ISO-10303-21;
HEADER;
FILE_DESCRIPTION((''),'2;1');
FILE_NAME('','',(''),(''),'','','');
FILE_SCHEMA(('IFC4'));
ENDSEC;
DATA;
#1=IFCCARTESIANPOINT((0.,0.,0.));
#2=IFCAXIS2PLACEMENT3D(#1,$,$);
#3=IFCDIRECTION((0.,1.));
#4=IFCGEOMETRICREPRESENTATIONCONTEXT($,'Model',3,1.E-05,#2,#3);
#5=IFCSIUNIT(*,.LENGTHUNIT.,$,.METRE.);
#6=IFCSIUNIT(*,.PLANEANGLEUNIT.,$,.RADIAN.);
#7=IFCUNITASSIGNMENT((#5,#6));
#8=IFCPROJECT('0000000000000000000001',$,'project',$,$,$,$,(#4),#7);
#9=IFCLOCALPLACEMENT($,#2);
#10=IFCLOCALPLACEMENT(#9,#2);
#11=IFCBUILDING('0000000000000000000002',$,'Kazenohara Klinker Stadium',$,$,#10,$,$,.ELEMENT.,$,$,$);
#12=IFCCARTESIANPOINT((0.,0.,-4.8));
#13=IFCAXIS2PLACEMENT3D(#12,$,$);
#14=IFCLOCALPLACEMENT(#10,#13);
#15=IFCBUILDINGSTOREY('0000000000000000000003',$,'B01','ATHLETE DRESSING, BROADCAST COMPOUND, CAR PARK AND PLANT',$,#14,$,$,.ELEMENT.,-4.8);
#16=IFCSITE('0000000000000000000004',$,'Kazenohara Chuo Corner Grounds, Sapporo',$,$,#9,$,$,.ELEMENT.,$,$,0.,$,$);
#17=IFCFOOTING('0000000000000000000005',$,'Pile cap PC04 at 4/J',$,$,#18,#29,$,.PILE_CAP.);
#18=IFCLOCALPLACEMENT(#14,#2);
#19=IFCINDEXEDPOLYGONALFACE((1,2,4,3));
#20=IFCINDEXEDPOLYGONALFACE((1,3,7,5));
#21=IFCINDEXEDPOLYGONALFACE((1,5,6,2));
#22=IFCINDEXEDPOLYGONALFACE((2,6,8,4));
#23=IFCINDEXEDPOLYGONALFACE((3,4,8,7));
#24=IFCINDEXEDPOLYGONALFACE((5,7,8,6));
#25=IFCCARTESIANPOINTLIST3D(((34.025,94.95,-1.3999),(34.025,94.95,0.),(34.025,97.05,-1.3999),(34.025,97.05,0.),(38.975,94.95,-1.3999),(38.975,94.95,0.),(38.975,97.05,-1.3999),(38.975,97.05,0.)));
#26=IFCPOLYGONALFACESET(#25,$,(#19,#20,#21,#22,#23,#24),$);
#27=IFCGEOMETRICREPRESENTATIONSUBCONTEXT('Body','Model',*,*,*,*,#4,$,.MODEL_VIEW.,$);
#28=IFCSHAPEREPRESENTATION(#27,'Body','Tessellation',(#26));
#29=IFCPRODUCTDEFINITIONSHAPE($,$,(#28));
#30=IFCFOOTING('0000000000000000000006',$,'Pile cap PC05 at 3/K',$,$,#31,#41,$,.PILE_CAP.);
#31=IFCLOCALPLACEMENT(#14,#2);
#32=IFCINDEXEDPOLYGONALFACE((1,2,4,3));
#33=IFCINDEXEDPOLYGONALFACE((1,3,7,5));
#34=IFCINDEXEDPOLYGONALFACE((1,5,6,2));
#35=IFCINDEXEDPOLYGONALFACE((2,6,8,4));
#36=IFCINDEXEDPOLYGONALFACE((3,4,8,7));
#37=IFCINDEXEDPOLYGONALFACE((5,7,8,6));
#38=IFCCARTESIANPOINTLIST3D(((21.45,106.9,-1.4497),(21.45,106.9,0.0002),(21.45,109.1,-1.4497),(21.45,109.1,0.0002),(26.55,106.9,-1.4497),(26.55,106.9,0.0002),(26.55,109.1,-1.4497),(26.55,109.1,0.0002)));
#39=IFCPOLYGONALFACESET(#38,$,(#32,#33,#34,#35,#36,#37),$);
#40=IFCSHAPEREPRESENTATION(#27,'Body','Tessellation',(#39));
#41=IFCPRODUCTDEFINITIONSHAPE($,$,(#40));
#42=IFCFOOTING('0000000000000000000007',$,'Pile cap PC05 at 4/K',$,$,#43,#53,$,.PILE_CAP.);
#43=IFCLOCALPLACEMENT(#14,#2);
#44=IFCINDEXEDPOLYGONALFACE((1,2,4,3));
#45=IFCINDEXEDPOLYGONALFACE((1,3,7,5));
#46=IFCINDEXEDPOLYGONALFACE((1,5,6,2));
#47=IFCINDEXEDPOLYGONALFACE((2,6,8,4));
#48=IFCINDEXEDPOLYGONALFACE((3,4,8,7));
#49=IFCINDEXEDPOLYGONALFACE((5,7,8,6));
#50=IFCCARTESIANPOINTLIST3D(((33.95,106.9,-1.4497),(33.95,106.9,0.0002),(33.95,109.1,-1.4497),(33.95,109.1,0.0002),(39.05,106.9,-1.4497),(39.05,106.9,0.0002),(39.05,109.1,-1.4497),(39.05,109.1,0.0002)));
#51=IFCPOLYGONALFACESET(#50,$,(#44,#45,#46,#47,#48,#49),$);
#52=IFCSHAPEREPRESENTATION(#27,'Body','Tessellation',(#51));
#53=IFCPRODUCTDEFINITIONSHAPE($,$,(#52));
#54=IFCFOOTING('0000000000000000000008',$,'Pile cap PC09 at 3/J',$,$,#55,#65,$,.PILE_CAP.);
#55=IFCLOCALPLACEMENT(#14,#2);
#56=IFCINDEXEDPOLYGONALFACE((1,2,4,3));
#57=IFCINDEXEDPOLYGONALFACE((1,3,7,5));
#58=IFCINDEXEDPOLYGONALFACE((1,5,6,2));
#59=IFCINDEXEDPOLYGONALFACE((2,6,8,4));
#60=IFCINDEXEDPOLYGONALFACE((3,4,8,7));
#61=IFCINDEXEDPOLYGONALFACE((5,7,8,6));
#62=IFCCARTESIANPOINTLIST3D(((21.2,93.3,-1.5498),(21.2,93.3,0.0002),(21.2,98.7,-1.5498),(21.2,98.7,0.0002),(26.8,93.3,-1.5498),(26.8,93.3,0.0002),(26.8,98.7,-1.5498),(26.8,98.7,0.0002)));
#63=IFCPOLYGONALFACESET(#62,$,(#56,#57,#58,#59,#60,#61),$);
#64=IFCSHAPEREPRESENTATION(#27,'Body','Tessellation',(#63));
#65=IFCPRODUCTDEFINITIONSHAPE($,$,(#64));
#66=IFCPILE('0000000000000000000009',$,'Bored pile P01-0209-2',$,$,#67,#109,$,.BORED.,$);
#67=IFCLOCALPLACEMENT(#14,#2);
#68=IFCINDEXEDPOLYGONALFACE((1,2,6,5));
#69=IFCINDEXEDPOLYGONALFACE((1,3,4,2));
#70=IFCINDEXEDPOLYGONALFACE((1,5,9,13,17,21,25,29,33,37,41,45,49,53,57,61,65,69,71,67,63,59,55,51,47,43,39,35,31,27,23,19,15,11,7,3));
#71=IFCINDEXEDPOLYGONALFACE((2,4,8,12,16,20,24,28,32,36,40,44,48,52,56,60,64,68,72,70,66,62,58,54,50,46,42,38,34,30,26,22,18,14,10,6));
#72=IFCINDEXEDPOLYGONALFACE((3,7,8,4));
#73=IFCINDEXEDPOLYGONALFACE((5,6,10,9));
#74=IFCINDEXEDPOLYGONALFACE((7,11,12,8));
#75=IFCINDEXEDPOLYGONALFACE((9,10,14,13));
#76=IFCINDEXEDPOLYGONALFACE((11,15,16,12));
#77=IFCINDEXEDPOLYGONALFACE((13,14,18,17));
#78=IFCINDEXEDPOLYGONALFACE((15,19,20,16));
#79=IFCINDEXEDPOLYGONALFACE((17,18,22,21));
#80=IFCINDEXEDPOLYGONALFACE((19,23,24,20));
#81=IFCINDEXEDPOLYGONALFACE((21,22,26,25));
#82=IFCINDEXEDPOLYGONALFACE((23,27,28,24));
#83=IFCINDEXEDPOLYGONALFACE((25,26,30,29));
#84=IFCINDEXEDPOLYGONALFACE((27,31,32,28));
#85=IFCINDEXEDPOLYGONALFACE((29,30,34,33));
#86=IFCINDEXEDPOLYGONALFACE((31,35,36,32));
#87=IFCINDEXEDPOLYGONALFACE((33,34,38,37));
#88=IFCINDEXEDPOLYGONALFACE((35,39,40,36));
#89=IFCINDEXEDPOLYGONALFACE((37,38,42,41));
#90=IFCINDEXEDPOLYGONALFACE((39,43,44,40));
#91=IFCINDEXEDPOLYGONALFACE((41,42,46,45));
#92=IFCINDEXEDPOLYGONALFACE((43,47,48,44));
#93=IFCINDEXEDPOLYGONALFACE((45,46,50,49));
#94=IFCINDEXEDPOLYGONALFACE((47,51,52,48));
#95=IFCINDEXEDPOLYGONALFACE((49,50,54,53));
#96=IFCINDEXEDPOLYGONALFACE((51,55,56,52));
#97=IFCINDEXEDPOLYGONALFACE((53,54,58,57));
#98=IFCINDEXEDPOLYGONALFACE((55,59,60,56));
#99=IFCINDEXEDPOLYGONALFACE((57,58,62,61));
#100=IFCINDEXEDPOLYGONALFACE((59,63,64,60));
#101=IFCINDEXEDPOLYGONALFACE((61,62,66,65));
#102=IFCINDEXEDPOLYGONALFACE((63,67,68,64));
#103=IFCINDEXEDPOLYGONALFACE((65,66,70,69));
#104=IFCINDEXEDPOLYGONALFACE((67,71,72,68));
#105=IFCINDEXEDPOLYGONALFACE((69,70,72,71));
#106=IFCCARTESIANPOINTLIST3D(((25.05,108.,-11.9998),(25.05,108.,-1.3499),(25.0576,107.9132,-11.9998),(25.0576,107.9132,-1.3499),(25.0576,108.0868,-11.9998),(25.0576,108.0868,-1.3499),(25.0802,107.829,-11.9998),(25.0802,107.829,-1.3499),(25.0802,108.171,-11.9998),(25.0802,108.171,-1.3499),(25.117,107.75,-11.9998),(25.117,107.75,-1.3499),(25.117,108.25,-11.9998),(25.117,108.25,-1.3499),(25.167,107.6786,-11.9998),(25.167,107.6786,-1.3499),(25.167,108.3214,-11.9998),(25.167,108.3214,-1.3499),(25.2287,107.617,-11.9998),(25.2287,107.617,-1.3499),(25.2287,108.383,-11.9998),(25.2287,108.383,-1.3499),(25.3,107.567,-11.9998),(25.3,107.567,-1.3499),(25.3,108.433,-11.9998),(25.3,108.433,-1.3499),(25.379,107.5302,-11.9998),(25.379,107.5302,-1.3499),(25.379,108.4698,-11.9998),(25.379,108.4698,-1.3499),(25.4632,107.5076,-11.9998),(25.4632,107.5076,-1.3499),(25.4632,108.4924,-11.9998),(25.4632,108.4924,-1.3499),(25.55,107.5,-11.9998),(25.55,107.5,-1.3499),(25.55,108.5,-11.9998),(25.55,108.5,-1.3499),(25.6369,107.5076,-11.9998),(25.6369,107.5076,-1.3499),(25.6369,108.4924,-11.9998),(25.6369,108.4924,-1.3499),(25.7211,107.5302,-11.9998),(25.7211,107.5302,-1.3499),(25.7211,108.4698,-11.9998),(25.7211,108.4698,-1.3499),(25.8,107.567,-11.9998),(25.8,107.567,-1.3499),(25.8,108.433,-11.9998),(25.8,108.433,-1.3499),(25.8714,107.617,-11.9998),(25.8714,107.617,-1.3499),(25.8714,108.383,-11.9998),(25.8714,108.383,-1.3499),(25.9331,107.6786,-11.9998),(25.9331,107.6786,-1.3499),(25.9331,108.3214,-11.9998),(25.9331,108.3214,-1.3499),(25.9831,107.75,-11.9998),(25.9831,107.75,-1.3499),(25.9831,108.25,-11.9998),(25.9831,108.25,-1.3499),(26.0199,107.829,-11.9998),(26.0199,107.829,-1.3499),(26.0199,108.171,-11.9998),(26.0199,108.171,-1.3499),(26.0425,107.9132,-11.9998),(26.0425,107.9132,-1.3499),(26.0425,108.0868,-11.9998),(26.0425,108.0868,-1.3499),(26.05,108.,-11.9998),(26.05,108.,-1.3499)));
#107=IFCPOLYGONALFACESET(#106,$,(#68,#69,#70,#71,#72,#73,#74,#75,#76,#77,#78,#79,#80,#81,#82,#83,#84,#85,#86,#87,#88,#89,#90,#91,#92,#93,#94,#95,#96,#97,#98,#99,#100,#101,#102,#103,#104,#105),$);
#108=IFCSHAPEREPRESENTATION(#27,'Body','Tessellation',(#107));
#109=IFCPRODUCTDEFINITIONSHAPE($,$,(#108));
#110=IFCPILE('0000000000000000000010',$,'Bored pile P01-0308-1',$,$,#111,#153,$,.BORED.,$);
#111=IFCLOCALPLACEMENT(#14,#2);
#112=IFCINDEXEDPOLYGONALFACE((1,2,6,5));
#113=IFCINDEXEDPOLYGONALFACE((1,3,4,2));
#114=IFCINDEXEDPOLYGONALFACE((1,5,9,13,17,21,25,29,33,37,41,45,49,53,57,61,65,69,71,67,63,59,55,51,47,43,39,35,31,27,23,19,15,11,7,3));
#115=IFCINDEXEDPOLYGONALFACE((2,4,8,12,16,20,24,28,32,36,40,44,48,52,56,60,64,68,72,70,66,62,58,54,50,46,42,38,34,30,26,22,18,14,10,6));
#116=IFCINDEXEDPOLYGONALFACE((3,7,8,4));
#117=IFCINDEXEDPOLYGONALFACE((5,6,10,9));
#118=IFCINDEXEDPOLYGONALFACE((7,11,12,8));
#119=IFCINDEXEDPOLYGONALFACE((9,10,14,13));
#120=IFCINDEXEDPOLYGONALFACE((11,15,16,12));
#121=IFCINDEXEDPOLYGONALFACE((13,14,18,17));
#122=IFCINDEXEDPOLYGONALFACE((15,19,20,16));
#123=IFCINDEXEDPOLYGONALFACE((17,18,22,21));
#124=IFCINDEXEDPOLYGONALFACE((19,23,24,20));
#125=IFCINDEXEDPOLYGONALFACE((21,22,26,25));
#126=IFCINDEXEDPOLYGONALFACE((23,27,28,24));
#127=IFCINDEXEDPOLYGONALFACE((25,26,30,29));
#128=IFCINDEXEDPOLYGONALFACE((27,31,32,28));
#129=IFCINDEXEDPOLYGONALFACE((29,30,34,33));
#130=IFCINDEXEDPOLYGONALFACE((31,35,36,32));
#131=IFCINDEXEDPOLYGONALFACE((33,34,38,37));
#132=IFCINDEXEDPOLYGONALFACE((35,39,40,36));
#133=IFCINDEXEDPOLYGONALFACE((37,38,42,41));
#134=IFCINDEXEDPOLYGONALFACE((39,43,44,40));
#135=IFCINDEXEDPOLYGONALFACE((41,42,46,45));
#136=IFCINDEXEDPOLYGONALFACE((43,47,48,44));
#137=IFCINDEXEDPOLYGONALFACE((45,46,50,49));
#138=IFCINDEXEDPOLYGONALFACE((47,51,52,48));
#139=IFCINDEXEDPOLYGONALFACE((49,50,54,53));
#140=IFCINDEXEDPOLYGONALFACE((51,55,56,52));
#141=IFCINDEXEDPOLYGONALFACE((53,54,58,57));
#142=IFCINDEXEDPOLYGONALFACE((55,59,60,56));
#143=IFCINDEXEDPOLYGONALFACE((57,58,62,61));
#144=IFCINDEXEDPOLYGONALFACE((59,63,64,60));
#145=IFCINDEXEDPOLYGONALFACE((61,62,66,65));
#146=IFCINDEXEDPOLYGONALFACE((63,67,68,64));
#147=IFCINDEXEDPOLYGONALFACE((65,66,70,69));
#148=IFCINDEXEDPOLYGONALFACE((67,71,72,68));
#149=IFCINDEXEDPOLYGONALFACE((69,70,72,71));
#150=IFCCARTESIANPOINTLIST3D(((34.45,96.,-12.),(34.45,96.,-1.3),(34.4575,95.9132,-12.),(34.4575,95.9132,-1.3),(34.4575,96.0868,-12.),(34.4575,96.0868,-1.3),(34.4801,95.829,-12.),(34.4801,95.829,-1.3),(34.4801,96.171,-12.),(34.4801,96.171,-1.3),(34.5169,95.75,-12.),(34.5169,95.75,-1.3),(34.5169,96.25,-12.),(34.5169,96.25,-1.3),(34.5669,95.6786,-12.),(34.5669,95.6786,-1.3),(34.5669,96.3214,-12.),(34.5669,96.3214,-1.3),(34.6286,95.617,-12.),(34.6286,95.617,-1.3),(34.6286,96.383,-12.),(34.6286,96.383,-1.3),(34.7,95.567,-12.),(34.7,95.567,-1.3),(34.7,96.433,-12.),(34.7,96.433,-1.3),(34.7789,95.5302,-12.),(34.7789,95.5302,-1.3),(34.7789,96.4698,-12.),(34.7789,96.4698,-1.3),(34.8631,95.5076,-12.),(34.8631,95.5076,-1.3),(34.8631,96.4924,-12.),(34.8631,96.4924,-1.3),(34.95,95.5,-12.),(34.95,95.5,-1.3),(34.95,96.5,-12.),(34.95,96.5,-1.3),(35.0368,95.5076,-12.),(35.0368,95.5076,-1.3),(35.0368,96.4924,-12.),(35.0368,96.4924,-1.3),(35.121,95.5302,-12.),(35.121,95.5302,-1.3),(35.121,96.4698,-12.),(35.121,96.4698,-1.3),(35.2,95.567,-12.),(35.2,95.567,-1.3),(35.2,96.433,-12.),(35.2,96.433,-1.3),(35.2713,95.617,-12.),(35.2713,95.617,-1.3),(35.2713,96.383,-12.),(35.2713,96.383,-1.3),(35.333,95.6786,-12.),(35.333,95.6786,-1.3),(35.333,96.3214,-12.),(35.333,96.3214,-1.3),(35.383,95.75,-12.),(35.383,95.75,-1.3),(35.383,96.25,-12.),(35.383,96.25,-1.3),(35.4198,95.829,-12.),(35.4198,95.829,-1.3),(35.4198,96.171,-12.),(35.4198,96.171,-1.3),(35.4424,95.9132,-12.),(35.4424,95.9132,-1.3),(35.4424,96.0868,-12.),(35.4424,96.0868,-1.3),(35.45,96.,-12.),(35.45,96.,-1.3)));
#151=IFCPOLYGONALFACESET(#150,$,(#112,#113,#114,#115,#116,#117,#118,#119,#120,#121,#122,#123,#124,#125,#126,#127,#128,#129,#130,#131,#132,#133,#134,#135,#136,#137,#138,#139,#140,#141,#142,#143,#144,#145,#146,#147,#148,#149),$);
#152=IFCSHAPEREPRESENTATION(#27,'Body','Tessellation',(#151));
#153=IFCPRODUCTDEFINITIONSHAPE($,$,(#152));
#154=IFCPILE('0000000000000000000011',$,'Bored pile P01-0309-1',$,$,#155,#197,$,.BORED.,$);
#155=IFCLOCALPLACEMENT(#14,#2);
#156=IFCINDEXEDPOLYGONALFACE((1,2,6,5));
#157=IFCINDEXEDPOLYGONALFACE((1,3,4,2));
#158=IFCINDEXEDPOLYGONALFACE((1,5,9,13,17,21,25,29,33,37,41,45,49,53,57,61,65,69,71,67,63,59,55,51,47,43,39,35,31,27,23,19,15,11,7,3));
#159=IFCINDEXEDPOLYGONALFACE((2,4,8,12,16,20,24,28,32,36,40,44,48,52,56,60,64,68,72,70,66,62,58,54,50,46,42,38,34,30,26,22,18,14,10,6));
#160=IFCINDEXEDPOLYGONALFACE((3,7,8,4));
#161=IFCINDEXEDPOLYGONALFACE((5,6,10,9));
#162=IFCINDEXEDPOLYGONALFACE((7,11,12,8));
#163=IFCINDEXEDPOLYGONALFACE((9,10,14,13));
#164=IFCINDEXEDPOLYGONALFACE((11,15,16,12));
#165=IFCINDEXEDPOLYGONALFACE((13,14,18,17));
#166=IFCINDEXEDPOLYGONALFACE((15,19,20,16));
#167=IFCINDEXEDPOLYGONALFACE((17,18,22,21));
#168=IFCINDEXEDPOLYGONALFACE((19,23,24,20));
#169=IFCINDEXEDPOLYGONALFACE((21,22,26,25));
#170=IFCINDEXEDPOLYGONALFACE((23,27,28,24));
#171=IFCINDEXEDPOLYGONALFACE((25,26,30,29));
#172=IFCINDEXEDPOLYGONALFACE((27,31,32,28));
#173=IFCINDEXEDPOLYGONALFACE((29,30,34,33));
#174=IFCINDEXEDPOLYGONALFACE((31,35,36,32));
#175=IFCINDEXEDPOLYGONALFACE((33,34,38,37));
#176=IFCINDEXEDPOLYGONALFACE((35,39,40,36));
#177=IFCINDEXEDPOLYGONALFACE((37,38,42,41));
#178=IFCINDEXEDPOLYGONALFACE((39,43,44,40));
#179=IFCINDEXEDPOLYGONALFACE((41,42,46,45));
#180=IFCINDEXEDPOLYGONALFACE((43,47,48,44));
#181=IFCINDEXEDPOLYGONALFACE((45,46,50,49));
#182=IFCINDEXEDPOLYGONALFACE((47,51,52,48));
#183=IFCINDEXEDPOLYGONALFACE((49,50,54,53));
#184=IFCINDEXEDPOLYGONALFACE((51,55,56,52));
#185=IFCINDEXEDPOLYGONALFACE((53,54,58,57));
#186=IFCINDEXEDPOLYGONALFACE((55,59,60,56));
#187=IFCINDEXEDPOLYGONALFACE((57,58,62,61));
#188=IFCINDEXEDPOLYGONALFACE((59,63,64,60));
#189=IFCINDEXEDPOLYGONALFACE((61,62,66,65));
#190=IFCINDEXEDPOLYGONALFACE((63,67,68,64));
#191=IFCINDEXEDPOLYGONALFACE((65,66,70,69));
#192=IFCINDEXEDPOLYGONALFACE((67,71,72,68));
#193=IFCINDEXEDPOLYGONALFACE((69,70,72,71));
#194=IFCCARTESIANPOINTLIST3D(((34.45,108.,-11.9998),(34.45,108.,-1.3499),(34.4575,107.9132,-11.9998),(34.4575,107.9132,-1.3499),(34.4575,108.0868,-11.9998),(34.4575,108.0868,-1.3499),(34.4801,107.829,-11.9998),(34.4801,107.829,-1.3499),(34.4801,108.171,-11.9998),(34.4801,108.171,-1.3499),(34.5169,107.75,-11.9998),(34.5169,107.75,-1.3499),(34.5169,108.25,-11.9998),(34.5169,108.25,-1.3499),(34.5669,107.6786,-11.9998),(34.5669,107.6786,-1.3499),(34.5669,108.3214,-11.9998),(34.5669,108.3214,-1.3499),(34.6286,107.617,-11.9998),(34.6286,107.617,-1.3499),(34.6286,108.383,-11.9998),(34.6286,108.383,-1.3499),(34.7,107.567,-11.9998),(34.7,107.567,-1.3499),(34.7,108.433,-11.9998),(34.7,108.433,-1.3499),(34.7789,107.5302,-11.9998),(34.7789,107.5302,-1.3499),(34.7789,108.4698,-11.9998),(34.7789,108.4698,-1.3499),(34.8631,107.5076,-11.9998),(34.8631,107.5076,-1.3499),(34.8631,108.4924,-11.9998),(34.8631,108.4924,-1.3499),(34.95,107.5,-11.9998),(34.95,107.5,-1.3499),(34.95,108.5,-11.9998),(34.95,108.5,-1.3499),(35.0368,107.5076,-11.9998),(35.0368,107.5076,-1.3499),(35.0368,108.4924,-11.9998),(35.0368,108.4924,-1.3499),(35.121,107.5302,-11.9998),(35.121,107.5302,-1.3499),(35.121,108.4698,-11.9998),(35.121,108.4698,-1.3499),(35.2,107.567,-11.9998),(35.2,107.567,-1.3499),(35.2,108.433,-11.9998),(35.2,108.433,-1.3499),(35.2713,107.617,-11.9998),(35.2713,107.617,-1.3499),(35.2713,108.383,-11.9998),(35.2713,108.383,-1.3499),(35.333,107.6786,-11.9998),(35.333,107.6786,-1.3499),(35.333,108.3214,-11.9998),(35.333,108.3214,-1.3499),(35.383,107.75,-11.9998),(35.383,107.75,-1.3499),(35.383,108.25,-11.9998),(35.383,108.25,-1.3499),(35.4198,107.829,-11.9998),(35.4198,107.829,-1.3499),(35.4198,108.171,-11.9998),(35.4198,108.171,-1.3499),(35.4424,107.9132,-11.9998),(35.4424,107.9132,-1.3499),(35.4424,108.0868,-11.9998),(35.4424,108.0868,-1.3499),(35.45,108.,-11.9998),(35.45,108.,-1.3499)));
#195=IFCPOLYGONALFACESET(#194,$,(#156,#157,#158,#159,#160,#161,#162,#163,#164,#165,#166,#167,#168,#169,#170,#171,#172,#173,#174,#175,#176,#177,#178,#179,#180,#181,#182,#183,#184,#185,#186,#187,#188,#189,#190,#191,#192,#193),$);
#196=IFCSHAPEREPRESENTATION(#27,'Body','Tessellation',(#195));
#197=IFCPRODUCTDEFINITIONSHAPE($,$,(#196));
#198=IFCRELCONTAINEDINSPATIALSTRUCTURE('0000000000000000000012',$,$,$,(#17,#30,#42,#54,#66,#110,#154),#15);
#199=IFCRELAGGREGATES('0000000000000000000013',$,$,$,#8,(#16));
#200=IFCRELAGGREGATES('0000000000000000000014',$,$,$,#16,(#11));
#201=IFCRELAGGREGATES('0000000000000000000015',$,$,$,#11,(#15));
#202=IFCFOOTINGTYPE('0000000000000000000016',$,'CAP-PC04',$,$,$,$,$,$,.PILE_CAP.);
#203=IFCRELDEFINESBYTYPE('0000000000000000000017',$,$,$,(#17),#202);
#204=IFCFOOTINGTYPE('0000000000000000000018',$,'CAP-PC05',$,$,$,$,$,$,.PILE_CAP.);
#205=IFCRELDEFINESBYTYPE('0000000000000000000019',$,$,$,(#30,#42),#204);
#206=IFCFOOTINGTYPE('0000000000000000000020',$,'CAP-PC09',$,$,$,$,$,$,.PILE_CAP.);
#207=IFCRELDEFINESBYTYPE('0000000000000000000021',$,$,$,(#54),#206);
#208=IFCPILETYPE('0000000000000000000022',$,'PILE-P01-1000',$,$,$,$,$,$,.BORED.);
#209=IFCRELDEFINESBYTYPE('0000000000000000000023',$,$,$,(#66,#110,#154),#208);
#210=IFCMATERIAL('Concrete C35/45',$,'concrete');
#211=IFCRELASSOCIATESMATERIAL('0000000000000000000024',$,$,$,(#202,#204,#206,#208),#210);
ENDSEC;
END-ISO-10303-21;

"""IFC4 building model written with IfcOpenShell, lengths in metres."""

from ifc_helpers import new_model, si_unit, direction, frame, origin, origin_2d, place, context, subcontext, project, spatial, rectangle, circle, extrude, material, material_profile, profile_set, type_object, element, save


model = new_model("IFC4")

# Units and contexts
model_context = context("Model", 3, precision=1e-05, world=origin(), true_north=direction((0.0, 1.0)))
body_context = subcontext(model_context, "Body", "Model", "MODEL_VIEW")
ifc_project = project(units=[si_unit("LENGTHUNIT", "METRE"), si_unit("PLANEANGLEUNIT", "RADIAN")], contexts=[model_context])

# Site, building, storey
site_placement = place(None, origin())
site = spatial("IfcSite", under=ifc_project, at=site_placement, Name="Kazenohara Chuo Corner Grounds, Sapporo", CompositionType="ELEMENT", RefElevation=0.0)
building_placement = place(site_placement, origin())
building = spatial("IfcBuilding", under=site, at=building_placement, Name="Kazenohara Klinker Stadium", CompositionType="ELEMENT")
storey_placement = place(building_placement, frame((0.0, 0.0, -4.8)))
storey = spatial("IfcBuildingStorey", under=building, at=storey_placement, Name="B01", Description="ATHLETE DRESSING, BROADCAST COMPOUND, CAR PARK AND PLANT", CompositionType="ELEMENT", Elevation=-4.8)

# Footings
ifc_material_1 = material(Name="Concrete C35/45", Category="concrete")
footing_type_1 = type_object("IfcFootingType", Name="CAP-PC04", PredefinedType="PILE_CAP", material=ifc_material_1)
footing_1_placement = place(storey_placement, frame((36.5, 96.0, -1.3999), z_axis=(0.0, 0.0, 1.0), x_axis=(1.0, 0.0, 0.0)))
element("IfcFooting", 1, at=footing_1_placement, inside=storey, type_object=footing_type_1, Name="Pile cap PC04 at 4/J", PredefinedType="PILE_CAP", context=body_context, shape_type="SweptSolid", body=[
    extrude(rectangle(XDim=4.95, YDim=2.1001, at=origin_2d()), origin(), (0.0, 0.0, 1.0), 1.3999),
])
footing_type_2 = type_object("IfcFootingType", Name="CAP-PC05", PredefinedType="PILE_CAP", material=ifc_material_1)
for number, where, z_axis, x_axis, name in (
    (2, (24.0, 108.0, -1.4497), (0.0, 0.0, 1.0), (1.0, 0.0, 0.0), "Pile cap PC05 at 3/K"),
    (3, (36.5, 108.0, -1.4497), (0.0, 0.0, 1.0), (1.0, 0.0, 0.0), "Pile cap PC05 at 4/K"),
):
    element("IfcFooting", number, at=place(storey_placement, frame(where, z_axis=z_axis, x_axis=x_axis)), inside=storey, type_object=footing_type_2, Name=name, PredefinedType="PILE_CAP", context=body_context, shape_type="SweptSolid", body=[
        extrude(rectangle(XDim=5.1001, YDim=2.2, at=origin_2d()), origin(), (0.0, 0.0, 1.0), 1.45),
    ])
footing_type_3 = type_object("IfcFootingType", Name="CAP-PC09", PredefinedType="PILE_CAP", material=ifc_material_1)
footing_2_placement = place(storey_placement, frame((24.0, 96.0, -1.5498), z_axis=(0.0, 0.0, 1.0), x_axis=(1.0, 0.0, 0.0)))
element("IfcFooting", 4, at=footing_2_placement, inside=storey, type_object=footing_type_3, Name="Pile cap PC09 at 3/J", PredefinedType="PILE_CAP", context=body_context, shape_type="SweptSolid", body=[
    extrude(rectangle(XDim=5.6001, YDim=5.3999, at=origin_2d()), origin(), (0.0, 0.0, 1.0), 1.55),
])

# Piles
ifc_material_profile_1 = material_profile(ifc_material_1, circle(Radius=0.5, at=origin_2d()), Name="BORED-PILE-1000")
ifc_profile_set_1 = profile_set([ifc_material_profile_1], Name="Concrete C35/45")
pile_type_1 = type_object("IfcPileType", Name="PILE-P01-1000", PredefinedType="BORED", material=ifc_profile_set_1)
pile_1_placement = place(storey_placement, frame((25.55, 108.0, -1.3499), z_axis=(0.0, 0.0, -1.0), x_axis=(1.0, 0.0, 0.0)))
element("IfcPile", 5, at=pile_1_placement, inside=storey, type_object=pile_type_1, Name="Bored pile P01-0209-2", PredefinedType="BORED", context=body_context, shape_type="SweptSolid", body=[
    extrude(circle(Radius=0.5, at=origin_2d()), origin(), (0.0, 0.0, 1.0), 10.6499),
])
pile_2_placement = place(storey_placement, frame((34.95, 96.0, -1.3), z_axis=(0.0, 0.0, -1.0), x_axis=(1.0, 0.0, 0.0)))
element("IfcPile", 6, at=pile_2_placement, inside=storey, type_object=pile_type_1, Name="Bored pile P01-0308-1", PredefinedType="BORED", context=body_context, shape_type="SweptSolid", body=[
    extrude(circle(Radius=0.5, at=origin_2d()), origin(), (0.0, 0.0, 1.0), 10.7),
])
pile_3_placement = place(storey_placement, frame((34.95, 108.0, -1.3499), z_axis=(0.0, 0.0, -1.0), x_axis=(1.0, 0.0, 0.0)))
element("IfcPile", 7, at=pile_3_placement, inside=storey, type_object=pile_type_1, Name="Bored pile P01-0309-1", PredefinedType="BORED", context=body_context, shape_type="SweptSolid", body=[
    extrude(circle(Radius=0.5, at=origin_2d()), origin(), (0.0, 0.0, 1.0), 10.6499),
])

save(model, "model.ifc")
